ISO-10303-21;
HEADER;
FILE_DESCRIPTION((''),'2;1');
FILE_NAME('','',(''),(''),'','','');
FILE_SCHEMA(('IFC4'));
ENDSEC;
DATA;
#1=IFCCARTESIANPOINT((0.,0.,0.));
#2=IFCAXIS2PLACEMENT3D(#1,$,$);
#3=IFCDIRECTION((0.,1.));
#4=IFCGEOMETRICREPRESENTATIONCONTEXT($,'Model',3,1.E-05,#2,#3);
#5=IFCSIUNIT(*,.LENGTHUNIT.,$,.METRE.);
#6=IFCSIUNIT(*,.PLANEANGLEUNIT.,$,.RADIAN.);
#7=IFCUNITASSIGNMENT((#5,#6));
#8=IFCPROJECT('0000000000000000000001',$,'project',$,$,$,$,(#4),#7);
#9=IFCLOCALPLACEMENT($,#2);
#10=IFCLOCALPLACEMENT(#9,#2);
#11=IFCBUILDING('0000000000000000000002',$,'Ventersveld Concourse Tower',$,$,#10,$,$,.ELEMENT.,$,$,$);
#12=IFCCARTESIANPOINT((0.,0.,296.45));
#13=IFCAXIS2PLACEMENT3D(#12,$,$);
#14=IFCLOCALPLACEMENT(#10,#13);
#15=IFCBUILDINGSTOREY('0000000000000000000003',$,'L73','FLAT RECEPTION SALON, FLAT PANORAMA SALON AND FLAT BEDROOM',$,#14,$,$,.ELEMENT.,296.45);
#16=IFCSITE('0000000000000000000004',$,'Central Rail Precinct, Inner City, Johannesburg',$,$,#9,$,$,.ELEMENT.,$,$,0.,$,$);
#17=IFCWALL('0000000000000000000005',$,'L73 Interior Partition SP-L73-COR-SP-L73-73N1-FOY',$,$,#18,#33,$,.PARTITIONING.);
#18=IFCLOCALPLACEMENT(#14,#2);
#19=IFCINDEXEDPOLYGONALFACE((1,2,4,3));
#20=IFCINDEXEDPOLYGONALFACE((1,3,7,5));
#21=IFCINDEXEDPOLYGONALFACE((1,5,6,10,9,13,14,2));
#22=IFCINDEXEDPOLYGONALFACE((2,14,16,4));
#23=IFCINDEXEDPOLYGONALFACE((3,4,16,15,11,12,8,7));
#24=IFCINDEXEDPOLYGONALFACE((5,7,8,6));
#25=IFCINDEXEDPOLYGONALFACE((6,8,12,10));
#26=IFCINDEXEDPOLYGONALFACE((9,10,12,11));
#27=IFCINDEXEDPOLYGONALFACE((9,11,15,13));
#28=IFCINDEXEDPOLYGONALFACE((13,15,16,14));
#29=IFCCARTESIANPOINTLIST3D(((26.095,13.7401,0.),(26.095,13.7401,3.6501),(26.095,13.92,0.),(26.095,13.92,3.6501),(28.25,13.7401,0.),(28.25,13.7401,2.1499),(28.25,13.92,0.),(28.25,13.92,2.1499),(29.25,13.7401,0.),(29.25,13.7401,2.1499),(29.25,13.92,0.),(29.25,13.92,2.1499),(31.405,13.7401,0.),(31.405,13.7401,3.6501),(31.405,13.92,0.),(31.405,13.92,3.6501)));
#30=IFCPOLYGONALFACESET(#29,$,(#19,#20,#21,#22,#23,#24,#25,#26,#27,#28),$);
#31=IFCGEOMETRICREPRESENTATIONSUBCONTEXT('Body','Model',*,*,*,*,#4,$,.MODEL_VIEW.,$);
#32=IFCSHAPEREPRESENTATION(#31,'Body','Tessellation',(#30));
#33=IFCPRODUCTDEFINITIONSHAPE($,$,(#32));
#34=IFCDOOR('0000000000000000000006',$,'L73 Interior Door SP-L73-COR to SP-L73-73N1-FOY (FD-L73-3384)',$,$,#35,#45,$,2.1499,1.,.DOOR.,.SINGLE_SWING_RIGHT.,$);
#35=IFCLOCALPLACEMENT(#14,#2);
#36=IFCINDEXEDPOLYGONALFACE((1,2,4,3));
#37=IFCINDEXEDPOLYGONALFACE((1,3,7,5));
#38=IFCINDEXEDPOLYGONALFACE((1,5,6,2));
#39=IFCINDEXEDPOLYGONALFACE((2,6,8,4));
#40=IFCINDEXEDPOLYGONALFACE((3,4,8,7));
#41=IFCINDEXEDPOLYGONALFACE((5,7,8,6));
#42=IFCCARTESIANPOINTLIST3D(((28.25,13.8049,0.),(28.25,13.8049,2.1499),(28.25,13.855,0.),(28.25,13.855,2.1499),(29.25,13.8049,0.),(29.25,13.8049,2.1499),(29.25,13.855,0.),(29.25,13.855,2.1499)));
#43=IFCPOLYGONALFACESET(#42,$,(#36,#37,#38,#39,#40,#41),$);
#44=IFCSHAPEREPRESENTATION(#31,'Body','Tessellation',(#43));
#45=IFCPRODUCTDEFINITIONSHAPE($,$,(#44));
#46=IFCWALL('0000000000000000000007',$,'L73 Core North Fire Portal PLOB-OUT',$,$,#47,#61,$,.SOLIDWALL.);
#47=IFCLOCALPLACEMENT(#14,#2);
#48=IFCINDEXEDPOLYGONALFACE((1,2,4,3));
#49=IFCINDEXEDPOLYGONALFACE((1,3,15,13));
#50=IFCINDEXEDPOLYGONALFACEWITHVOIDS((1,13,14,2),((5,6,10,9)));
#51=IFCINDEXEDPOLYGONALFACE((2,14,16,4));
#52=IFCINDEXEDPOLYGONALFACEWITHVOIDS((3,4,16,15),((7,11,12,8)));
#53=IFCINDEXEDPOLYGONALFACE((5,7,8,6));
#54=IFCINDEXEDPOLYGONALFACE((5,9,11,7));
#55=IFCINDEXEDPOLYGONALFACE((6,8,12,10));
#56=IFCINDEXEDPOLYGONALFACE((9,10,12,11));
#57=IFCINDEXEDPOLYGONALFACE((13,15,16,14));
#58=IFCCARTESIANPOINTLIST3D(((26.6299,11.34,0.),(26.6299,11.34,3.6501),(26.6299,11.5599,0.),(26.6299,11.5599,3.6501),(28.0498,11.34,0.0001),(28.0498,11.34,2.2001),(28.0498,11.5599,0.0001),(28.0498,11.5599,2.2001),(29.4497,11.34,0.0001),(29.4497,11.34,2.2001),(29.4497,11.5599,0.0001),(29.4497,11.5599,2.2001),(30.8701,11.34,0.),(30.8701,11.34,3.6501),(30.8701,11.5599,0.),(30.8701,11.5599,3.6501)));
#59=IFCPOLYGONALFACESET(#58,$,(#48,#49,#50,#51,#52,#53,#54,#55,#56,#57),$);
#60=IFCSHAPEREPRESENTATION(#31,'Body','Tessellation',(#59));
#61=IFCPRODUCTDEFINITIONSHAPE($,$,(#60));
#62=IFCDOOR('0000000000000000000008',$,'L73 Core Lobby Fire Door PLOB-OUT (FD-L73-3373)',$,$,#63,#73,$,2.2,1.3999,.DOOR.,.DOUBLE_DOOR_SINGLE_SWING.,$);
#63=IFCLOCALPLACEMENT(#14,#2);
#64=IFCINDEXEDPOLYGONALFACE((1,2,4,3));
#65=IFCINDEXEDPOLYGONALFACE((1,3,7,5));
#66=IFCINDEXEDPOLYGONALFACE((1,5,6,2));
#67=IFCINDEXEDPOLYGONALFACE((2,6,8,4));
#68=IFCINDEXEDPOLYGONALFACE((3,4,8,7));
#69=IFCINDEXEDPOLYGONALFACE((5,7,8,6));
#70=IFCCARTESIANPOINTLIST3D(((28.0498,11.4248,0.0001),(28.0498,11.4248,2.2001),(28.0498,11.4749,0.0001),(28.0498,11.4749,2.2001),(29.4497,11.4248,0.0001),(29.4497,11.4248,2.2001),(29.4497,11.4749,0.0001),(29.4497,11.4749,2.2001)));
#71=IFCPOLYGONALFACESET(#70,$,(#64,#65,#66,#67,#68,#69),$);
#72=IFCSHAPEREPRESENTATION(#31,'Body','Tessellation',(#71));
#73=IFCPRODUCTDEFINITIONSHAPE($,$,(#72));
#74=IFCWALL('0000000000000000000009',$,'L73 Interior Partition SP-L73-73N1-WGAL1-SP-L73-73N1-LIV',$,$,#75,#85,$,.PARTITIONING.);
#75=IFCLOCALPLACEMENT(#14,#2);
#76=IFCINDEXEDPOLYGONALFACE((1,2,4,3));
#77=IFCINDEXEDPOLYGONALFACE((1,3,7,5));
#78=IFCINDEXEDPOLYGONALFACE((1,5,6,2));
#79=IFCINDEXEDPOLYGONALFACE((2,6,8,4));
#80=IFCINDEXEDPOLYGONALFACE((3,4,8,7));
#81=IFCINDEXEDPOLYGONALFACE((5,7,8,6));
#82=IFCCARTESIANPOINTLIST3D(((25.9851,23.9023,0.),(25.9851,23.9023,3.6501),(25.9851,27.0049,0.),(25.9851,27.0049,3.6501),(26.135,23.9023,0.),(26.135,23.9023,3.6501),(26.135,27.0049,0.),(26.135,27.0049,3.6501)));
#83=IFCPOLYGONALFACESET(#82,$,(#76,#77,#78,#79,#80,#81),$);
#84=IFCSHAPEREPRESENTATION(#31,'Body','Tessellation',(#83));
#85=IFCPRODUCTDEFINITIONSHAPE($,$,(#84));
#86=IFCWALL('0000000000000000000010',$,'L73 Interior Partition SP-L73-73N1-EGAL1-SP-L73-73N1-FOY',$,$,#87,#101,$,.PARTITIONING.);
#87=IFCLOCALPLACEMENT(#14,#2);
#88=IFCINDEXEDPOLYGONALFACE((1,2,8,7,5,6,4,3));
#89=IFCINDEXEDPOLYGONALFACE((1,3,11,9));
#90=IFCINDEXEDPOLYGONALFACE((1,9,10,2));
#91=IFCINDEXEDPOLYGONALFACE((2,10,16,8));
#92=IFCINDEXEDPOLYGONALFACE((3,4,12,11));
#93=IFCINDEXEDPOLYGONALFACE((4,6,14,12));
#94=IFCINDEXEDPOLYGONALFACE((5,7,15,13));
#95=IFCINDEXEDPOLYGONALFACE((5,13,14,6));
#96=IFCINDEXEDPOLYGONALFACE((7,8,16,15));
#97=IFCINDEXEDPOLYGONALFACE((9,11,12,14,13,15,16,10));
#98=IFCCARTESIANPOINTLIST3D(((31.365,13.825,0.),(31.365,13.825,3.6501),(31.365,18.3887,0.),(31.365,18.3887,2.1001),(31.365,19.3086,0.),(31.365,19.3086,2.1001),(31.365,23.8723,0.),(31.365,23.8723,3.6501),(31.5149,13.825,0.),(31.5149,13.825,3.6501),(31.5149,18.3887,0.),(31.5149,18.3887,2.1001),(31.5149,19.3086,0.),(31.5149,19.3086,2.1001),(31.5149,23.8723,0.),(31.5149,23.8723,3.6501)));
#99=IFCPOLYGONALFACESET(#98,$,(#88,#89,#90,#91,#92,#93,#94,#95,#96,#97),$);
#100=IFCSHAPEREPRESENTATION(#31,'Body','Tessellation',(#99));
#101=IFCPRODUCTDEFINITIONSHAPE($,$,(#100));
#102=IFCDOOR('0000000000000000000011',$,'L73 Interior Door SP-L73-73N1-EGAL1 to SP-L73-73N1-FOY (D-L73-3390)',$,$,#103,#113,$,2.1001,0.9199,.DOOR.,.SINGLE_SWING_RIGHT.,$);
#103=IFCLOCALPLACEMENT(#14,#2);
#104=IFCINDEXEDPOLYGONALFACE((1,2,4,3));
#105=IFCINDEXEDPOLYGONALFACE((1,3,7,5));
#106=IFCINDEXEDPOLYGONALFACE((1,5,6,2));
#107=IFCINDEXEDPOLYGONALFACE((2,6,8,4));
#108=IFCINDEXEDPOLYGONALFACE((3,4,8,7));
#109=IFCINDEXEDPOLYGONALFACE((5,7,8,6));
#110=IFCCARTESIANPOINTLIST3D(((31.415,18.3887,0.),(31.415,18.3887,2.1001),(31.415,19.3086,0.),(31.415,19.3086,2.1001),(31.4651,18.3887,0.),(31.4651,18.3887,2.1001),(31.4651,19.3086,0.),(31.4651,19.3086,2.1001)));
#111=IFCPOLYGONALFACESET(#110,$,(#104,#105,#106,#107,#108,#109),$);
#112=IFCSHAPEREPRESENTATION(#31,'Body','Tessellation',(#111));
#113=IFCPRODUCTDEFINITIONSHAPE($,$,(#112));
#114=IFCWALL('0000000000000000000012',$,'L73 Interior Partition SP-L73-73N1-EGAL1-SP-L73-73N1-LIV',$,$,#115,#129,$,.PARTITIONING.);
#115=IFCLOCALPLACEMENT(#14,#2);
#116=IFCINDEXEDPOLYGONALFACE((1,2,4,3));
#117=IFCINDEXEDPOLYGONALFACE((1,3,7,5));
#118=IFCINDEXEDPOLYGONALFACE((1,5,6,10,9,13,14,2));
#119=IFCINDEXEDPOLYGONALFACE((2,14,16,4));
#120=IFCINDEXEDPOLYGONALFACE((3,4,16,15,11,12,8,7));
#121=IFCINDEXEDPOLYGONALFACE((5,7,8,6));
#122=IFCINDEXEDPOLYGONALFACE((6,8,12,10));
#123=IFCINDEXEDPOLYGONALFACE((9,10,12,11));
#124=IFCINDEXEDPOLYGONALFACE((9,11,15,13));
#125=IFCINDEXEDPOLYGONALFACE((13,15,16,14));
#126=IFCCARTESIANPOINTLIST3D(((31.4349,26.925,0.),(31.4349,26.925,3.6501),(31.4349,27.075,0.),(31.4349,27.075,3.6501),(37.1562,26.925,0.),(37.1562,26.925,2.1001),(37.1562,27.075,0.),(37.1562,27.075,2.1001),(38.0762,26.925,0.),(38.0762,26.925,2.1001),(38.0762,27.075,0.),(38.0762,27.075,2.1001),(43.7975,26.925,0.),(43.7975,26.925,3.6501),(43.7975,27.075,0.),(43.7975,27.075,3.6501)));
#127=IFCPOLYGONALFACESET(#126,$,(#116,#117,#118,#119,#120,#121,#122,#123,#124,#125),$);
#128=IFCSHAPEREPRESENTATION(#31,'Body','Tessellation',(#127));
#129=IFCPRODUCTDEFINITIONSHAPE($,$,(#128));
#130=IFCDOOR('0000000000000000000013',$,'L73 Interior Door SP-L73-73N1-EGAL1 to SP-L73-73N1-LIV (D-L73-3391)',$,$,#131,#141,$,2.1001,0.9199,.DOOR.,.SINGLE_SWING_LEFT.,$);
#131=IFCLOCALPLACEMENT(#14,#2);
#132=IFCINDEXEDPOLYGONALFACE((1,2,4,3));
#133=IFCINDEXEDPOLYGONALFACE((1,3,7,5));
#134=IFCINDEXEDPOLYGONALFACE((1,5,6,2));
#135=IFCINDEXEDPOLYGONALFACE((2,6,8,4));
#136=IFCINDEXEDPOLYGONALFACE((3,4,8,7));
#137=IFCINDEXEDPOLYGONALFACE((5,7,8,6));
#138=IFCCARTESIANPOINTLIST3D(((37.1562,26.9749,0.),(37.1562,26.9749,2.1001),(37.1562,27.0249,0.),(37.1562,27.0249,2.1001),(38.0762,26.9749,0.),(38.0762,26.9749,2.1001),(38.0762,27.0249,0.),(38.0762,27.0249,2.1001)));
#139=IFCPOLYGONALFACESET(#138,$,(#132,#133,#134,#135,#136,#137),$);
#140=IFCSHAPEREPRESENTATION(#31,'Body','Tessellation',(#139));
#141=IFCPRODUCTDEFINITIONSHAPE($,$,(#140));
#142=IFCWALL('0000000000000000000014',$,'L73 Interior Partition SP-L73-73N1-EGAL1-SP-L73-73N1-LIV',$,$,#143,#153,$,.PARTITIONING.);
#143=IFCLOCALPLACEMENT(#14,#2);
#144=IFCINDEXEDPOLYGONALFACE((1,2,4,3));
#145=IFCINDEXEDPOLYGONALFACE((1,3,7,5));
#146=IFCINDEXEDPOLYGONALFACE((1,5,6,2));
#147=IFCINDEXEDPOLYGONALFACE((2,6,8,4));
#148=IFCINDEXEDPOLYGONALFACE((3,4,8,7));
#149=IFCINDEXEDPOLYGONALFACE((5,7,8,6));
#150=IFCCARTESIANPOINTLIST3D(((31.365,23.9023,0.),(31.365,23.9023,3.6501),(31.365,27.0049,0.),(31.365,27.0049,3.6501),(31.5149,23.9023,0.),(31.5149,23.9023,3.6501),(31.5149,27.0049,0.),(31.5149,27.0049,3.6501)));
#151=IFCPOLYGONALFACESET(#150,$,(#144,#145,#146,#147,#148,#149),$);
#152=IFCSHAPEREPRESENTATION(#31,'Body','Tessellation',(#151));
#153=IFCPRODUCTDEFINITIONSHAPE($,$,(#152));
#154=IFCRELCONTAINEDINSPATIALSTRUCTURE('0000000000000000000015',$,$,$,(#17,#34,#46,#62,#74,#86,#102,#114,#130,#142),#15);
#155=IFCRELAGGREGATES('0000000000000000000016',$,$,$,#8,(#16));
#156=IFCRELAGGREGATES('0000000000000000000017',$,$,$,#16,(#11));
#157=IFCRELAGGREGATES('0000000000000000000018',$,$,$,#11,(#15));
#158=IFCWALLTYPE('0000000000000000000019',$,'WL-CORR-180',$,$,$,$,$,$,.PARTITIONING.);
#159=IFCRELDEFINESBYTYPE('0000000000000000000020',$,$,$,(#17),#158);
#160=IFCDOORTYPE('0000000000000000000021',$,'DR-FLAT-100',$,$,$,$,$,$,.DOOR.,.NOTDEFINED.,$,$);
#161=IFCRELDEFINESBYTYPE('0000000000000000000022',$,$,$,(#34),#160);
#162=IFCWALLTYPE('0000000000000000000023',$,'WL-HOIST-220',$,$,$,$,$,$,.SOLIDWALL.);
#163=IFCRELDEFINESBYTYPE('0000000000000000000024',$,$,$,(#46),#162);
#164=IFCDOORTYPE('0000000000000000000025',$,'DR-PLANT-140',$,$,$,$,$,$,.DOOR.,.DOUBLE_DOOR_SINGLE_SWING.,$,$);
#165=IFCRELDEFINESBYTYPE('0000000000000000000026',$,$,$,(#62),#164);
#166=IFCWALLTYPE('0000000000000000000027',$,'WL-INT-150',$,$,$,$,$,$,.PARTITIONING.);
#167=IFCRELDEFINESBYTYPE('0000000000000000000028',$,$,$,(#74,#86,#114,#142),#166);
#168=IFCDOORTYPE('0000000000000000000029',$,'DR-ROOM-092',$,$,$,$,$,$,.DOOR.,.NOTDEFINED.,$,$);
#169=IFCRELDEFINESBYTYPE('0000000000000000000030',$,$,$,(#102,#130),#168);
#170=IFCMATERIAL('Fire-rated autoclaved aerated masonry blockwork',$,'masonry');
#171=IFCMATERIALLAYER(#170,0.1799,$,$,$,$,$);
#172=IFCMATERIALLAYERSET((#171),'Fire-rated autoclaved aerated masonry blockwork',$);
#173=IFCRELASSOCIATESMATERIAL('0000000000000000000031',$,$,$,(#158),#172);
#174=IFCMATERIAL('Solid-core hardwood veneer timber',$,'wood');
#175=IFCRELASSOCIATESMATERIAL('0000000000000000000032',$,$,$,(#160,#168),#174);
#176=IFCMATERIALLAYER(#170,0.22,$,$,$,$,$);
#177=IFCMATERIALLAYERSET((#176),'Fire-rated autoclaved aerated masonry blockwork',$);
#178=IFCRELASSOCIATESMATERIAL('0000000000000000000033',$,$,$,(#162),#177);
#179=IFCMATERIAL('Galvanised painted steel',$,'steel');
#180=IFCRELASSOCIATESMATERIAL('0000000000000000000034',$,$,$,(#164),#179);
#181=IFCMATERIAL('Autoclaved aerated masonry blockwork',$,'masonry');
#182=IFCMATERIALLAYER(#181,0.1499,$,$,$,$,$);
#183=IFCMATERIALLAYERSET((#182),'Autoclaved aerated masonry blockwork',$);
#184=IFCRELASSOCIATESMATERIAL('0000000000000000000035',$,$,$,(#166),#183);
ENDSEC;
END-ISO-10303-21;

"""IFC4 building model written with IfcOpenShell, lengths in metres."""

from ifc_helpers import new_model, si_unit, direction, frame, frame_2d, origin, place, context, subcontext, project, spatial, rectangle, extrude, material, layer, layer_set, type_object, element, fill, save


model = new_model("IFC4")

# Units and contexts
model_context = context("Model", 3, precision=1e-05, world=origin(), true_north=direction((0.0, 1.0)))
body_context = subcontext(model_context, "Body", "Model", "MODEL_VIEW")
ifc_project = project(units=[si_unit("LENGTHUNIT", "METRE"), si_unit("PLANEANGLEUNIT", "RADIAN")], contexts=[model_context])

# Site, building, storey
site_placement = place(None, origin())
site = spatial("IfcSite", under=ifc_project, at=site_placement, Name="Central Rail Precinct, Inner City, Johannesburg", CompositionType="ELEMENT", RefElevation=0.0)
building_placement = place(site_placement, origin())
building = spatial("IfcBuilding", under=site, at=building_placement, Name="Ventersveld Concourse Tower", CompositionType="ELEMENT")
storey_placement = place(building_placement, frame((0.0, 0.0, 296.45)))
storey = spatial("IfcBuildingStorey", under=building, at=storey_placement, Name="L73", Description="FLAT RECEPTION SALON, FLAT PANORAMA SALON AND FLAT BEDROOM", CompositionType="ELEMENT", Elevation=296.45)

# Walls, openings, doors
ifc_material_1 = material(Name="Fire-rated autoclaved aerated masonry blockwork", Category="masonry")
ifc_layer_1 = layer(ifc_material_1, 0.1799)
ifc_layer_set_1 = layer_set([ifc_layer_1], Name="Fire-rated autoclaved aerated masonry blockwork")
wall_type_1 = type_object("IfcWallType", Name="WL-CORR-180", PredefinedType="PARTITIONING", material=ifc_layer_set_1)
ifc_material_2 = material(Name="Solid-core hardwood veneer timber", Category="wood")
door_type_1 = type_object("IfcDoorType", Name="DR-FLAT-100", OperationType="NOTDEFINED", PredefinedType="DOOR", material=ifc_material_2)
wall_1_placement = place(storey_placement, frame((26.095, 13.8301, 0.0), z_axis=(0.0, 0.0, 1.0), x_axis=(1.0, 0.0, 0.0)))
wall_1 = element("IfcWall", 1, at=wall_1_placement, inside=storey, type_object=wall_type_1, Name="L73 Interior Partition SP-L73-COR-SP-L73-73N1-FOY", PredefinedType="PARTITIONING", context=body_context, shape_type="SweptSolid", body=[
    extrude(rectangle(XDim=5.3101, YDim=0.1799, at=frame_2d((2.655, 0.0))), origin(), (0.0, 0.0, 1.0), 3.6501),
])
opening_1_placement = place(wall_1_placement, frame((2.155, 0.0, 0.0)))
opening_1 = element("IfcOpeningElement", 2, at=opening_1_placement, cuts=wall_1, PredefinedType="OPENING", context=body_context, shape_type="SweptSolid", body=[
    extrude(rectangle(XDim=1.0, YDim=2.1499, at=frame_2d((0.5, 1.075))), frame((0.0, 0.1001, 0.0), z_axis=(0.0, -1.0, 0.0), x_axis=(1.0, 0.0, 0.0)), (0.0, 0.0, 1.0), 0.2),
])
door_1_placement = place(opening_1_placement, origin())
door_1 = element("IfcDoor", 3, at=door_1_placement, inside=storey, type_object=door_type_1, Name="L73 Interior Door SP-L73-COR to SP-L73-73N1-FOY (FD-L73-3384)", OperationType="SINGLE_SWING_RIGHT", OverallHeight=2.1499, OverallWidth=1.0, PredefinedType="DOOR", context=body_context, shape_type="SweptSolid", body=[
    extrude(rectangle(XDim=1.0, YDim=2.1499, at=frame_2d((0.5, 1.075))), frame((0.0, 0.0249, 0.0), z_axis=(0.0, -1.0, 0.0), x_axis=(1.0, 0.0, 0.0)), (0.0, 0.0, 1.0), 0.05),
])
fill(opening_1, door_1)
ifc_layer_2 = layer(ifc_material_1, 0.22)
ifc_layer_set_2 = layer_set([ifc_layer_2], Name="Fire-rated autoclaved aerated masonry blockwork")
wall_type_2 = type_object("IfcWallType", Name="WL-HOIST-220", PredefinedType="SOLIDWALL", material=ifc_layer_set_2)
wall_2_placement = place(storey_placement, frame((26.6299, 11.45, 0.0), z_axis=(0.0, 0.0, 1.0), x_axis=(1.0, 0.0, 0.0)))
wall_2 = element("IfcWall", 4, at=wall_2_placement, inside=storey, type_object=wall_type_2, Name="L73 Core North Fire Portal PLOB-OUT", PredefinedType="SOLIDWALL", context=body_context, shape_type="SweptSolid", body=[
    extrude(rectangle(XDim=4.2402, YDim=0.22, at=frame_2d((2.1201, 0.0))), origin(), (0.0, 0.0, 1.0), 3.6501),
])
opening_2_placement = place(wall_2_placement, frame((1.4199, 0.0, 0.0)))
opening_2 = element("IfcOpeningElement", 5, at=opening_2_placement, cuts=wall_2, PredefinedType="OPENING", context=body_context, shape_type="SweptSolid", body=[
    extrude(rectangle(XDim=1.3999, YDim=2.2, at=frame_2d((0.7, 1.1001))), frame((0.0, 0.1201, 0.0), z_axis=(0.0, -1.0, 0.0), x_axis=(1.0, 0.0, 0.0)), (0.0, 0.0, 1.0), 0.24),
])
ifc_material_3 = material(Name="Galvanised painted steel", Category="steel")
door_type_2 = type_object("IfcDoorType", Name="DR-PLANT-140", OperationType="DOUBLE_DOOR_SINGLE_SWING", PredefinedType="DOOR", material=ifc_material_3)
door_2_placement = place(opening_2_placement, origin())
door_2 = element("IfcDoor", 6, at=door_2_placement, inside=storey, type_object=door_type_2, Name="L73 Core Lobby Fire Door PLOB-OUT (FD-L73-3373)", OperationType="DOUBLE_DOOR_SINGLE_SWING", OverallHeight=2.2, OverallWidth=1.3999, PredefinedType="DOOR", context=body_context, shape_type="SweptSolid", body=[
    extrude(rectangle(XDim=1.3999, YDim=2.2, at=frame_2d((0.7, 1.1001))), frame((0.0, 0.0249, 0.0), z_axis=(0.0, -1.0, 0.0), x_axis=(1.0, 0.0, 0.0)), (0.0, 0.0, 1.0), 0.05),
])
fill(opening_2, door_2)

# Wall
ifc_material_4 = material(Name="Autoclaved aerated masonry blockwork", Category="masonry")
ifc_layer_3 = layer(ifc_material_4, 0.1499)
ifc_layer_set_3 = layer_set([ifc_layer_3], Name="Autoclaved aerated masonry blockwork")
wall_type_3 = type_object("IfcWallType", Name="WL-INT-150", PredefinedType="PARTITIONING", material=ifc_layer_set_3)
wall_3_placement = place(storey_placement, frame((26.0601, 23.9023, 0.0), z_axis=(0.0, 0.0, 1.0), x_axis=(0.0, 1.0, 0.0)))
element("IfcWall", 7, at=wall_3_placement, inside=storey, type_object=wall_type_3, Name="L73 Interior Partition SP-L73-73N1-WGAL1-SP-L73-73N1-LIV", PredefinedType="PARTITIONING", context=body_context, shape_type="SweptSolid", body=[
    extrude(rectangle(XDim=3.1025, YDim=0.1499, at=frame_2d((1.5513, 0.0))), origin(), (0.0, 0.0, 1.0), 3.6501),
])

# Walls, openings, doors
wall_4_placement = place(storey_placement, frame((31.4399, 13.825, 0.0), z_axis=(0.0, 0.0, 1.0), x_axis=(0.0, 1.0, 0.0)))
wall_4 = element("IfcWall", 8, at=wall_4_placement, inside=storey, type_object=wall_type_3, Name="L73 Interior Partition SP-L73-73N1-EGAL1-SP-L73-73N1-FOY", PredefinedType="PARTITIONING", context=body_context, shape_type="SweptSolid", body=[
    extrude(rectangle(XDim=10.0474, YDim=0.1499, at=frame_2d((5.0237, 0.0))), origin(), (0.0, 0.0, 1.0), 3.6501),
])
opening_3_placement = place(wall_4_placement, frame((4.5637, 0.0, 0.0)))
opening_3 = element("IfcOpeningElement", 9, at=opening_3_placement, cuts=wall_4, PredefinedType="OPENING", context=body_context, shape_type="SweptSolid", body=[
    extrude(rectangle(XDim=0.9199, YDim=2.1001, at=frame_2d((0.46, 1.05))), frame((0.0, 0.085, 0.0), z_axis=(0.0, -1.0, 0.0), x_axis=(1.0, 0.0, 0.0)), (0.0, 0.0, 1.0), 0.1699),
])
door_type_3 = type_object("IfcDoorType", Name="DR-ROOM-092", OperationType="NOTDEFINED", PredefinedType="DOOR", material=ifc_material_2)
door_3_placement = place(opening_3_placement, origin())
door_3 = element("IfcDoor", 10, at=door_3_placement, inside=storey, type_object=door_type_3, Name="L73 Interior Door SP-L73-73N1-EGAL1 to SP-L73-73N1-FOY (D-L73-3390)", OperationType="SINGLE_SWING_RIGHT", OverallHeight=2.1001, OverallWidth=0.9199, PredefinedType="DOOR", context=body_context, shape_type="SweptSolid", body=[
    extrude(rectangle(XDim=0.9199, YDim=2.1001, at=frame_2d((0.46, 1.05))), frame((0.0, 0.0249, 0.0), z_axis=(0.0, -1.0, 0.0), x_axis=(1.0, 0.0, 0.0)), (0.0, 0.0, 1.0), 0.05),
])
fill(opening_3, door_3)
wall_5_placement = place(storey_placement, frame((31.4351, 27.0, 0.0), z_axis=(0.0, 0.0, 1.0), x_axis=(1.0, 0.0, 0.0)))
wall_5 = element("IfcWall", 11, at=wall_5_placement, inside=storey, type_object=wall_type_3, Name="L73 Interior Partition SP-L73-73N1-EGAL1-SP-L73-73N1-LIV", PredefinedType="PARTITIONING", context=body_context, shape_type="SweptSolid", body=[
    extrude(rectangle(XDim=12.3625, YDim=0.1499, at=frame_2d((6.1812, 0.0))), origin(), (0.0, 0.0, 1.0), 3.6501),
])
opening_4_placement = place(wall_5_placement, frame((5.7212, 0.0, 0.0)))
opening_4 = element("IfcOpeningElement", 12, at=opening_4_placement, cuts=wall_5, PredefinedType="OPENING", context=body_context, shape_type="SweptSolid", body=[
    extrude(rectangle(XDim=0.9199, YDim=2.1001, at=frame_2d((0.46, 1.05))), frame((0.0, 0.085, 0.0), z_axis=(0.0, -1.0, 0.0), x_axis=(1.0, 0.0, 0.0)), (0.0, 0.0, 1.0), 0.1699),
])
door_4_placement = place(opening_4_placement, origin())
door_4 = element("IfcDoor", 13, at=door_4_placement, inside=storey, type_object=door_type_3, Name="L73 Interior Door SP-L73-73N1-EGAL1 to SP-L73-73N1-LIV (D-L73-3391)", OperationType="SINGLE_SWING_LEFT", OverallHeight=2.1001, OverallWidth=0.9199, PredefinedType="DOOR", context=body_context, shape_type="SweptSolid", body=[
    extrude(rectangle(XDim=0.9199, YDim=2.1001, at=frame_2d((0.46, 1.05))), frame((0.0, 0.0249, 0.0), z_axis=(0.0, -1.0, 0.0), x_axis=(1.0, 0.0, 0.0)), (0.0, 0.0, 1.0), 0.05),
])
fill(opening_4, door_4)

# Wall
wall_6_placement = place(storey_placement, frame((31.4399, 23.9023, 0.0), z_axis=(0.0, 0.0, 1.0), x_axis=(0.0, 1.0, 0.0)))
element("IfcWall", 14, at=wall_6_placement, inside=storey, type_object=wall_type_3, Name="L73 Interior Partition SP-L73-73N1-EGAL1-SP-L73-73N1-LIV", PredefinedType="PARTITIONING", context=body_context, shape_type="SweptSolid", body=[
    extrude(rectangle(XDim=3.1025, YDim=0.1499, at=frame_2d((1.5513, 0.0))), origin(), (0.0, 0.0, 1.0), 3.6501),
])

save(model, "model.ifc")
